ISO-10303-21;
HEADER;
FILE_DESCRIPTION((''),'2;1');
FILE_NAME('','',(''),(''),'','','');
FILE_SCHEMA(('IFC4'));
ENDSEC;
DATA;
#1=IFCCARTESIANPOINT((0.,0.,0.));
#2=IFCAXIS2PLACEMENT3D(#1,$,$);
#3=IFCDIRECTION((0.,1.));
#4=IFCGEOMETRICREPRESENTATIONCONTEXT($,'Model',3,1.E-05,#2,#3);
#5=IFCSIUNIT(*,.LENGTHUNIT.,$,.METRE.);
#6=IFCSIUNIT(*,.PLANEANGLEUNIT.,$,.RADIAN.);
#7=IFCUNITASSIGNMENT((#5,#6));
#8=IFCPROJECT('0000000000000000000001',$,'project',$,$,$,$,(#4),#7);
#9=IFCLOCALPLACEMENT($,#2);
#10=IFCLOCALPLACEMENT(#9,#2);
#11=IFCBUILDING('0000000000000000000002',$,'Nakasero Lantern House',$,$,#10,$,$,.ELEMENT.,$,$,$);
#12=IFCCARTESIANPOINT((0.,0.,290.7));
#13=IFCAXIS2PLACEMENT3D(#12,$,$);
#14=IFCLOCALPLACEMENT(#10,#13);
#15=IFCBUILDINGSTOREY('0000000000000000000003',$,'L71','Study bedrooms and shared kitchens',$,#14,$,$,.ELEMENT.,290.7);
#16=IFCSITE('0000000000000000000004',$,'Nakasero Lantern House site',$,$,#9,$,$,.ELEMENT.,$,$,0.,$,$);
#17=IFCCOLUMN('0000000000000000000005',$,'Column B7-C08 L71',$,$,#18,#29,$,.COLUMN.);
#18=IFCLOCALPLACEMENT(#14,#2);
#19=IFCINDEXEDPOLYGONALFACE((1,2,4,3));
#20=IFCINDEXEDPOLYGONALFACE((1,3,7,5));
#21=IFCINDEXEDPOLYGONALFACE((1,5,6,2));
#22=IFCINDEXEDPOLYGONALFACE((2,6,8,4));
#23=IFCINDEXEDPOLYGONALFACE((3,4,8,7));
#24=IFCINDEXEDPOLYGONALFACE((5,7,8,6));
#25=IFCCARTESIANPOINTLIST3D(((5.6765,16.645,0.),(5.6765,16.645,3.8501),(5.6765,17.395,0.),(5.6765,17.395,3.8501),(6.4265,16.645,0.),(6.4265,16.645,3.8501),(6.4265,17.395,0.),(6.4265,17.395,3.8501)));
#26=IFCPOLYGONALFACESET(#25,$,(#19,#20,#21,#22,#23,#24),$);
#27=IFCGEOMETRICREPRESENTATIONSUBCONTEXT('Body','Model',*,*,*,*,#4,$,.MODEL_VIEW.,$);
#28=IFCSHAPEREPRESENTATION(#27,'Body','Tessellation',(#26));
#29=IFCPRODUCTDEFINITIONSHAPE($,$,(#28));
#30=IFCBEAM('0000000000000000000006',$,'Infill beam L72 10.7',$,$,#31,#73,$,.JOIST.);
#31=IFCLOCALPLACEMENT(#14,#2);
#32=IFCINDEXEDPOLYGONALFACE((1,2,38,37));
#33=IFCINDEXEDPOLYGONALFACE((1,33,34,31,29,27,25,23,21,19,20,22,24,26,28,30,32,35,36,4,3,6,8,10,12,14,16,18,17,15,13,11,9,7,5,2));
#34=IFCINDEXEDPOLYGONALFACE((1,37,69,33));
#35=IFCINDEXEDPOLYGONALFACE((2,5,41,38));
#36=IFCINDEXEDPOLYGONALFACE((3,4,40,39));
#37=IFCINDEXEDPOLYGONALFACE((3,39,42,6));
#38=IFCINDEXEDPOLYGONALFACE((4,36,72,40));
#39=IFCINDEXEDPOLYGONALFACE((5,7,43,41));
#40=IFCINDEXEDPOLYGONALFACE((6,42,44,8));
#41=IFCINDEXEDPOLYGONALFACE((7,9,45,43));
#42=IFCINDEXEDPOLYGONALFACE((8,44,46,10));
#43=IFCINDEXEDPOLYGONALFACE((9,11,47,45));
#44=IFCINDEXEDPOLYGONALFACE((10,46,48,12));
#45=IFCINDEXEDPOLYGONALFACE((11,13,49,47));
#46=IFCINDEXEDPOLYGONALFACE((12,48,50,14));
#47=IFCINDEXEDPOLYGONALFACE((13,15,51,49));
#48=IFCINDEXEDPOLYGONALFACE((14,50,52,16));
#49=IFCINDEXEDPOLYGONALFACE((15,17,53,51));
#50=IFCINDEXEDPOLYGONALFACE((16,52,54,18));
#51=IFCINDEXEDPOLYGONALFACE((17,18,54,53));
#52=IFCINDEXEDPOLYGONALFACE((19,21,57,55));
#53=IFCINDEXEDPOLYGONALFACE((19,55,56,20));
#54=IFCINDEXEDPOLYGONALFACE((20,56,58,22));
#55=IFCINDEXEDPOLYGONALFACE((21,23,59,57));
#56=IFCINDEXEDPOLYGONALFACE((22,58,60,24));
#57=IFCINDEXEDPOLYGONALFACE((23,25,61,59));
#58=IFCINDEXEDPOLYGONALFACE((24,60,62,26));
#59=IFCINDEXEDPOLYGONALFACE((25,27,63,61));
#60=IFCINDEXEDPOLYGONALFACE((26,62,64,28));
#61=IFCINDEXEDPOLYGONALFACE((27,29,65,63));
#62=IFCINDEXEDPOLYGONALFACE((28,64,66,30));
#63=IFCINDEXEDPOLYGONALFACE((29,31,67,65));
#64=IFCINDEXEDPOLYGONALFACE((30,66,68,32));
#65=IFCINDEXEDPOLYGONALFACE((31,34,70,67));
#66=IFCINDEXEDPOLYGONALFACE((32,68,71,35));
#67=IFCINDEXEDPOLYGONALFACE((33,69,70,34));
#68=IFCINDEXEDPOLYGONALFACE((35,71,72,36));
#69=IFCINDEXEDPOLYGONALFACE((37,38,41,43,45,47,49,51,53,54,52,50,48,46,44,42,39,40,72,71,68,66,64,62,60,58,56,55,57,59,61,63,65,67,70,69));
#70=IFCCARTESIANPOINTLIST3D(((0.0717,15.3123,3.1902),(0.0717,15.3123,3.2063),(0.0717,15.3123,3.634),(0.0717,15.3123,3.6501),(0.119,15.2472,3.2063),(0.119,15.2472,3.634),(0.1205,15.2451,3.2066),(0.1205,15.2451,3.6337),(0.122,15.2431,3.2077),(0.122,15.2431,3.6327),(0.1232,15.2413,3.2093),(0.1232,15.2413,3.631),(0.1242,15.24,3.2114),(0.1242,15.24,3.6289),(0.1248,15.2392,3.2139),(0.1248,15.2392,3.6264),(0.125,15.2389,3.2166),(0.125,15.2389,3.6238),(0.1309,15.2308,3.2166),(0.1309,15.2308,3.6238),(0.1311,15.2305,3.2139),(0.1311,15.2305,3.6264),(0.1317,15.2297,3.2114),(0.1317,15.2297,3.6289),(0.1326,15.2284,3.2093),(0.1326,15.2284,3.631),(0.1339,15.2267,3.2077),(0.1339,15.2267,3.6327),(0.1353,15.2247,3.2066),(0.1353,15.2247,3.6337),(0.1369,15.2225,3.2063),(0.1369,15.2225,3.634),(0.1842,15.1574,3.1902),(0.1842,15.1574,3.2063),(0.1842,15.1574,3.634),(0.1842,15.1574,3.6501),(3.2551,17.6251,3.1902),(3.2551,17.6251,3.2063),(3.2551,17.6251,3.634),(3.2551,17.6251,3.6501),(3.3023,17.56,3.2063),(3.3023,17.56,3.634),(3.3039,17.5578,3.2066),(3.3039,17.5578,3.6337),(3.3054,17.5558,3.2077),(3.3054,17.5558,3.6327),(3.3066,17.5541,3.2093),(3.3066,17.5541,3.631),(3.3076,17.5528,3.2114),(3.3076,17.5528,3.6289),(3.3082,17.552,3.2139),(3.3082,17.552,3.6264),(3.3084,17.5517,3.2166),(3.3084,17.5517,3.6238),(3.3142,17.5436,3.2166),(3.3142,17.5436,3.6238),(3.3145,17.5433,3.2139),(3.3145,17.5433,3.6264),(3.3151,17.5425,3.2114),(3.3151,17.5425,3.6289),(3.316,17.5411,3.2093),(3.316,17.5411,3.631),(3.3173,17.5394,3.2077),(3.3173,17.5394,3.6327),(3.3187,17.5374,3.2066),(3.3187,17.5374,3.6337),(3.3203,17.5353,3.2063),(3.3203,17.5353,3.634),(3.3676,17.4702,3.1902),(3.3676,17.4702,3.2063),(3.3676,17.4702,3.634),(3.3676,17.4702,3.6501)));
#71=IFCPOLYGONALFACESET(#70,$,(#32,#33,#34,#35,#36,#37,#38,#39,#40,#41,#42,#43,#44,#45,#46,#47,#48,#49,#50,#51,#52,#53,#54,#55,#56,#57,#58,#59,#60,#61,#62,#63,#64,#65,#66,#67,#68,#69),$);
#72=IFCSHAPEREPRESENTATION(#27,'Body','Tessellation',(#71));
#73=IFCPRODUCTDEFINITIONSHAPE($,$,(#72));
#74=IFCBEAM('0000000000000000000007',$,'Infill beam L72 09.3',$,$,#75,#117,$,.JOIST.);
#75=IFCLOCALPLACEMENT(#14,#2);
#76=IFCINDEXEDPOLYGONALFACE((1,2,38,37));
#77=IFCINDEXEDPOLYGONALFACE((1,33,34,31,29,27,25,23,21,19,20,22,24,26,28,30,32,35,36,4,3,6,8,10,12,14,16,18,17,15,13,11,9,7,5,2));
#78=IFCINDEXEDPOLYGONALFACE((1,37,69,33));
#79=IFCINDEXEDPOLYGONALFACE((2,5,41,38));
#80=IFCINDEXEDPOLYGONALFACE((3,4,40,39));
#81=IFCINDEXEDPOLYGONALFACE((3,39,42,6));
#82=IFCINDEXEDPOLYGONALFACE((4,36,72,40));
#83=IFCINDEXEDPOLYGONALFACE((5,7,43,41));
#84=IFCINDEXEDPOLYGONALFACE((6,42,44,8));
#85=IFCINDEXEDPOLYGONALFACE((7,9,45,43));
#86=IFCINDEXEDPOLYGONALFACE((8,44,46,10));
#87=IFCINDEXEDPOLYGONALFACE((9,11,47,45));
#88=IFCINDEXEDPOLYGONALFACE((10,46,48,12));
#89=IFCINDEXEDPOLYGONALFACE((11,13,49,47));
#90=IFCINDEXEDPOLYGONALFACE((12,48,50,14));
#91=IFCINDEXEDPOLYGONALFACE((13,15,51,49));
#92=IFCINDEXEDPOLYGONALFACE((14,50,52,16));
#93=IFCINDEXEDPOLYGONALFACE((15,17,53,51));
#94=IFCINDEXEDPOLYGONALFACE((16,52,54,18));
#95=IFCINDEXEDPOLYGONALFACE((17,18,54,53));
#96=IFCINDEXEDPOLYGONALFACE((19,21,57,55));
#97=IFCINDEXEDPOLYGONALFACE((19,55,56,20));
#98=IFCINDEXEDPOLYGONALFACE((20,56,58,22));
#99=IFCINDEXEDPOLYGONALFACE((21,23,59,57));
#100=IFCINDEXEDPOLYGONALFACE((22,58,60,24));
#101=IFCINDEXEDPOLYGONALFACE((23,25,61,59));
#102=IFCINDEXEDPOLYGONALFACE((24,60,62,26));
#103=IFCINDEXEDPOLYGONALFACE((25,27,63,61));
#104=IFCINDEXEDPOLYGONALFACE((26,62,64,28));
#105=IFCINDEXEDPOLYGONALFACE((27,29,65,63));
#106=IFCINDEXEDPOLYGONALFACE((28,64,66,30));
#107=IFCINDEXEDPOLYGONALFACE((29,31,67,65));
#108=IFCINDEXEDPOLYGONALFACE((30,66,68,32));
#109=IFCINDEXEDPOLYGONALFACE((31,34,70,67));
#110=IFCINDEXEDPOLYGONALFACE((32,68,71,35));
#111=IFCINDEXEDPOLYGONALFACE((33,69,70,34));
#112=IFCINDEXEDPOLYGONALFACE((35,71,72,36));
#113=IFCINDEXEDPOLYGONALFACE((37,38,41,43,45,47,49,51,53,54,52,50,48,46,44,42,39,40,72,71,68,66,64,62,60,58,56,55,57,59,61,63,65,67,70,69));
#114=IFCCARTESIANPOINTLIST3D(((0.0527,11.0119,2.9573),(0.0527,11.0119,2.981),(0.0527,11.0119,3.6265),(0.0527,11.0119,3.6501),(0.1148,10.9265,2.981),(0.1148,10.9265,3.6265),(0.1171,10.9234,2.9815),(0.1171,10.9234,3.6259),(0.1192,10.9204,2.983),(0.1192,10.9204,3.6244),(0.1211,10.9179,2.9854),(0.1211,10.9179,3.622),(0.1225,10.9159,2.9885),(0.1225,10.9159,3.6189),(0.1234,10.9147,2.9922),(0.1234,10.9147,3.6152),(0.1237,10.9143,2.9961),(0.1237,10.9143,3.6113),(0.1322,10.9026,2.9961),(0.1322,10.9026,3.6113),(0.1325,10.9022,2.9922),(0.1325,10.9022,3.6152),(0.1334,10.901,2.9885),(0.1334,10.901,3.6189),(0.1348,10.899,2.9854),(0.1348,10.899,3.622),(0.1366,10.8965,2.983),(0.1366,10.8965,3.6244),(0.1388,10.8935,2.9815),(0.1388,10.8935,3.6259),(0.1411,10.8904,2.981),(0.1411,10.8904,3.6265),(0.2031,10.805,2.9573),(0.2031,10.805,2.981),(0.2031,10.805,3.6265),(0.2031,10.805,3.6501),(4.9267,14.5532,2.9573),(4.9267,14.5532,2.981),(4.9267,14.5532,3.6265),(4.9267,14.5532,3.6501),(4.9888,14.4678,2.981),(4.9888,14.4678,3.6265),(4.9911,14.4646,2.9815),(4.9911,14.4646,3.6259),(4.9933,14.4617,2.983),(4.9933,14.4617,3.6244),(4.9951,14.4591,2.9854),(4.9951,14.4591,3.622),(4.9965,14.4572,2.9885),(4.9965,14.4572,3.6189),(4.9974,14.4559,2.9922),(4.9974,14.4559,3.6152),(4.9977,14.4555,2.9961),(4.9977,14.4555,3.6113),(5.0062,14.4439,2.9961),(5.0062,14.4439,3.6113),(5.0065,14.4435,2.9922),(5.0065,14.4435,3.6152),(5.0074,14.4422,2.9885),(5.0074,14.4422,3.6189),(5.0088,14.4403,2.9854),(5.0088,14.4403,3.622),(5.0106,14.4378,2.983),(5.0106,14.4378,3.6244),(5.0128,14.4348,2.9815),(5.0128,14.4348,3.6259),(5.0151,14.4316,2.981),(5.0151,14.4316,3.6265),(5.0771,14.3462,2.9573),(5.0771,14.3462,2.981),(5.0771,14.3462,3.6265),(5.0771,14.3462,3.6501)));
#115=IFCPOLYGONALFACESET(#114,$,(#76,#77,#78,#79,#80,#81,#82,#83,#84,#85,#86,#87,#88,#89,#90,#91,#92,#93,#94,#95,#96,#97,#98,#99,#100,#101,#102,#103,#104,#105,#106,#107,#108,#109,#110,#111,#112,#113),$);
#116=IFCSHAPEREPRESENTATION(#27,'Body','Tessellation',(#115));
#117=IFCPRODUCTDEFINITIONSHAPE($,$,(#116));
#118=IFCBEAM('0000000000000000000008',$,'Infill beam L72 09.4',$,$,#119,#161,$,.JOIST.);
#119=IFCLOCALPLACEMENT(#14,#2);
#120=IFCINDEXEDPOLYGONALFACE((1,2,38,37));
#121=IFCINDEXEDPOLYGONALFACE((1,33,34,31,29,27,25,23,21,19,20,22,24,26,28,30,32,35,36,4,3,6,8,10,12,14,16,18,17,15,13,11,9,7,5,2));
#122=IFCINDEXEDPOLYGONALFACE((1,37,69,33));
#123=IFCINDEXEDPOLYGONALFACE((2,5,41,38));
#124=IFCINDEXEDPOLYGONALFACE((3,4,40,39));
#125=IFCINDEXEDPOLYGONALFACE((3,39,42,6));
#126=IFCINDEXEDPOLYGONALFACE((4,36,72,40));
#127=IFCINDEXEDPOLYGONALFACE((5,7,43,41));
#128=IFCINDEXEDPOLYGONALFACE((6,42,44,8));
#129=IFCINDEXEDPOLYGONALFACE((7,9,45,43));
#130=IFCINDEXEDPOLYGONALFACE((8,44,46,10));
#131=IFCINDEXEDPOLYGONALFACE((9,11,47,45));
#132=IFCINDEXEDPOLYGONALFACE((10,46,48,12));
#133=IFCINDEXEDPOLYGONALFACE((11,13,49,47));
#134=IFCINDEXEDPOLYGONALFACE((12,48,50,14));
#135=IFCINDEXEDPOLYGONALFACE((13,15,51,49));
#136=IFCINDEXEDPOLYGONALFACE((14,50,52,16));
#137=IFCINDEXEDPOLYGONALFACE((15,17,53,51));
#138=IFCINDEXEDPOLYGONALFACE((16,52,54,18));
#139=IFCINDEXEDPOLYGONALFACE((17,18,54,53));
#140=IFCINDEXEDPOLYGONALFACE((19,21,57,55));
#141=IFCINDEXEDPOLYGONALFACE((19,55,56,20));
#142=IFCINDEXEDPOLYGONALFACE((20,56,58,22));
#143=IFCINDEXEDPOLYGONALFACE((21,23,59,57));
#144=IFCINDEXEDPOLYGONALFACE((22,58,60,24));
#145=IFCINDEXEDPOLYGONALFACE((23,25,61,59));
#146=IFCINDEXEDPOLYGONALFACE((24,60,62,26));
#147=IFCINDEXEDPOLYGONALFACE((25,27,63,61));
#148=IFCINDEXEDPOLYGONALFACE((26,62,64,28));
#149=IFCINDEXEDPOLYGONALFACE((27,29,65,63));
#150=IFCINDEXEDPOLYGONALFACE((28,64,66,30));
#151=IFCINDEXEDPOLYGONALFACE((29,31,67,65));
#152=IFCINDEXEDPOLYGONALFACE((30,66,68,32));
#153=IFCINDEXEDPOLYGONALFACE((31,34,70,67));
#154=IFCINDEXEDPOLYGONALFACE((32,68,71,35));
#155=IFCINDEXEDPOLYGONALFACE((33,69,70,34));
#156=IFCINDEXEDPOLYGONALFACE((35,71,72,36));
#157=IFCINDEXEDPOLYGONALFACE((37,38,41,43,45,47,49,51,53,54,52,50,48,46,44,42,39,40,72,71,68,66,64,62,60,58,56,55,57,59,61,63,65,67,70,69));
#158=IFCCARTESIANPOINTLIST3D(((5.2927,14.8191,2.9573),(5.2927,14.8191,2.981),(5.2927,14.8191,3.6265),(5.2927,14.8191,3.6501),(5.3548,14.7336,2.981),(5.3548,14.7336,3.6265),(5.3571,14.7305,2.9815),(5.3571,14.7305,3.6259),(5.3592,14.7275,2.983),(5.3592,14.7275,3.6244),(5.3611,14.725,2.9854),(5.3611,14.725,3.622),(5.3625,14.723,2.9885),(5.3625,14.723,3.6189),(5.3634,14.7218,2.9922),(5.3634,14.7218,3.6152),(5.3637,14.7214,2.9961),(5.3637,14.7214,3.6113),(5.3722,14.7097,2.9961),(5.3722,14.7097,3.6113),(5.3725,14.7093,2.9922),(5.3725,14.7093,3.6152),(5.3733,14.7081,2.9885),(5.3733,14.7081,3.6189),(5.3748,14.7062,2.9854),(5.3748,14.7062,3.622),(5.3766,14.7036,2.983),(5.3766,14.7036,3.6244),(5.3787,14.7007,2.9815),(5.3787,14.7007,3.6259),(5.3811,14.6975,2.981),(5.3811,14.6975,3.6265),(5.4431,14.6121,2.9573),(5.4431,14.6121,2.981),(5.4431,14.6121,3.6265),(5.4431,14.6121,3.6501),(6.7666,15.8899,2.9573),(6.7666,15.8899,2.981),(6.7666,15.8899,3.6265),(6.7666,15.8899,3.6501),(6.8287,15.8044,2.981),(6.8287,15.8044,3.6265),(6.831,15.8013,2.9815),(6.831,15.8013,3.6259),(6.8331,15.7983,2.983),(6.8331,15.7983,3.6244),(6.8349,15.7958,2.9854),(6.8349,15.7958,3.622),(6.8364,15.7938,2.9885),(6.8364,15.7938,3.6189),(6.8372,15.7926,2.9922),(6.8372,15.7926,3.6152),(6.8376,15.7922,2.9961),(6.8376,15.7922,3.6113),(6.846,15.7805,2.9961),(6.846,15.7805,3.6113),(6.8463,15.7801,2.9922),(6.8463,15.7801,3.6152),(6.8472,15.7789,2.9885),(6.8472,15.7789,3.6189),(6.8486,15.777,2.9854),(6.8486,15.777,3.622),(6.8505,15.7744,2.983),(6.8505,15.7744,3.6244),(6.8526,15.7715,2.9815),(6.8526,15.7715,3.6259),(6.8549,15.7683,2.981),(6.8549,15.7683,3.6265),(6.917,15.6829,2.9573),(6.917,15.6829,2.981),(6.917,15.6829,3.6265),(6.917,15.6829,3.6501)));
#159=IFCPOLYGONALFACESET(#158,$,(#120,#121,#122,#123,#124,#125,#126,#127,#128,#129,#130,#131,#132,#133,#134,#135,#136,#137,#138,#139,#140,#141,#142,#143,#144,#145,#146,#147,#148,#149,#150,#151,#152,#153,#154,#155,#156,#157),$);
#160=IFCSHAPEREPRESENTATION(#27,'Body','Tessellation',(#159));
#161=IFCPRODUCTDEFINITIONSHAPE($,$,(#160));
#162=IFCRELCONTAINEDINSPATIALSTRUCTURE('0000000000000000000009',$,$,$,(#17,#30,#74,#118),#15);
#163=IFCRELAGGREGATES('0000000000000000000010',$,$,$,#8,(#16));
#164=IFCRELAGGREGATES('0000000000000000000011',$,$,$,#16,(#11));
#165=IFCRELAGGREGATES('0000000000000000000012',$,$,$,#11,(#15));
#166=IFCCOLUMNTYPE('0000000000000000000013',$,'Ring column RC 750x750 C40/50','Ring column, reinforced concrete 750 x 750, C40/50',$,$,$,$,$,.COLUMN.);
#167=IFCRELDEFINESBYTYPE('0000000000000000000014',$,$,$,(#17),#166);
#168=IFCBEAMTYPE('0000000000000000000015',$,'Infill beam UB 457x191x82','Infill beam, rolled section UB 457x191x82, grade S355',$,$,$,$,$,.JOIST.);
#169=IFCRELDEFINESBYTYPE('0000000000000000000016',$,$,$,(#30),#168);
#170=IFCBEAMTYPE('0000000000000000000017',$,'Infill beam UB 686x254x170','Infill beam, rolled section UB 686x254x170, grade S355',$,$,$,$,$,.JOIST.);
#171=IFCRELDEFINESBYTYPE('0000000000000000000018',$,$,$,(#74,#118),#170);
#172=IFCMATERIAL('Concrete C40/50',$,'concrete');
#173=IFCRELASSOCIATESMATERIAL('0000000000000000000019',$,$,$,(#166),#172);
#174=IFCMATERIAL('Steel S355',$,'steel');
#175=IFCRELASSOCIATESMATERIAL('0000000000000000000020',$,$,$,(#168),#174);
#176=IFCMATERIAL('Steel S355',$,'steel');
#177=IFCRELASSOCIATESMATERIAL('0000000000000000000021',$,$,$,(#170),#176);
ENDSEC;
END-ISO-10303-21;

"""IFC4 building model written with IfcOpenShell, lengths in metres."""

from ifc_helpers import new_model, si_unit, direction, frame, origin, origin_2d, place, context, subcontext, project, spatial, rectangle, i_section, extrude, material, material_profile, profile_set, type_object, element, save


model = new_model("IFC4")

# Units and contexts
model_context = context("Model", 3, precision=1e-05, world=origin(), true_north=direction((0.0, 1.0)))
body_context = subcontext(model_context, "Body", "Model", "MODEL_VIEW")
ifc_project = project(units=[si_unit("LENGTHUNIT", "METRE"), si_unit("PLANEANGLEUNIT", "RADIAN")], contexts=[model_context])

# Site, building, storey
site_placement = place(None, origin())
site = spatial("IfcSite", under=ifc_project, at=site_placement, Name="Nakasero Lantern House site", CompositionType="ELEMENT", RefElevation=0.0)
building_placement = place(site_placement, origin())
building = spatial("IfcBuilding", under=site, at=building_placement, Name="Nakasero Lantern House", CompositionType="ELEMENT")
storey_placement = place(building_placement, frame((0.0, 0.0, 290.7)))
storey = spatial("IfcBuildingStorey", under=building, at=storey_placement, Name="L71", Description="Study bedrooms and shared kitchens", CompositionType="ELEMENT", Elevation=290.7)

# Column
ifc_material_1 = material(Name="Concrete C40/50", Category="concrete")
ifc_material_profile_1 = material_profile(ifc_material_1, rectangle(XDim=0.75, YDim=0.75, at=origin_2d()), Name="RC 750x750")
ifc_profile_set_1 = profile_set([ifc_material_profile_1], Name="Concrete C40/50")
column_type = type_object("IfcColumnType", Name="Ring column RC 750x750 C40/50", Description="Ring column, reinforced concrete 750 x 750, C40/50", PredefinedType="COLUMN", material=ifc_profile_set_1)
column_placement = place(storey_placement, frame((6.0515, 17.02, 0.0), z_axis=(0.0, 0.0, 1.0), x_axis=(1.0, 0.0, 0.0)))
element("IfcColumn", 1, at=column_placement, inside=storey, type_object=column_type, Name="Column B7-C08 L71", PredefinedType="COLUMN", context=body_context, shape_type="SweptSolid", body=[
    extrude(rectangle(XDim=0.75, YDim=0.75, at=origin_2d()), origin(), (0.0, 0.0, 1.0), 3.8501),
])

# Beams
ifc_material_2 = material(Name="Steel S355", Category="steel")
ifc_material_profile_2 = material_profile(ifc_material_2, i_section(OverallWidth=0.1914, OverallDepth=0.46, WebThickness=0.01, FlangeThickness=0.0161, FilletRadius=0.0103, at=origin_2d()), Name="UB 457x191x82")
ifc_profile_set_2 = profile_set([ifc_material_profile_2], Name="Steel S355")
beam_type_1 = type_object("IfcBeamType", Name="Infill beam UB 457x191x82", Description="Infill beam, rolled section UB 457x191x82, grade S355", PredefinedType="JOIST", material=ifc_profile_set_2)
beam_1_placement = place(storey_placement, frame((0.1279, 15.2349, 3.4202), z_axis=(0.809028, 0.587769, 0.0), x_axis=(-0.587769, 0.809028, 0.0)))
element("IfcBeam", 2, at=beam_1_placement, inside=storey, type_object=beam_type_1, Name="Infill beam L72 10.7", PredefinedType="JOIST", context=body_context, shape_type="SweptSolid", body=[
    extrude(i_section(OverallWidth=0.1914, OverallDepth=0.46, WebThickness=0.01, FlangeThickness=0.0161, FilletRadius=0.0103, at=origin_2d()), origin(), (0.0, 0.0, 1.0), 3.9348),
])
ifc_material_3 = material(Name="Steel S355", Category="steel")
ifc_material_profile_3 = material_profile(ifc_material_3, i_section(OverallWidth=0.2559, OverallDepth=0.6929, WebThickness=0.0144, FlangeThickness=0.0237, FilletRadius=0.0151, at=origin_2d()), Name="UB 686x254x170")
ifc_profile_set_3 = profile_set([ifc_material_profile_3], Name="Steel S355")
beam_type_2 = type_object("IfcBeamType", Name="Infill beam UB 686x254x170", Description="Infill beam, rolled section UB 686x254x170, grade S355", PredefinedType="JOIST", material=ifc_profile_set_3)
beam_2_placement = place(storey_placement, frame((0.1279, 10.9084, 3.3037), z_axis=(0.809011, 0.587793, 0.0), x_axis=(-0.587793, 0.809011, 0.0)))
element("IfcBeam", 3, at=beam_2_placement, inside=storey, type_object=beam_type_2, Name="Infill beam L72 09.3", PredefinedType="JOIST", context=body_context, shape_type="SweptSolid", body=[
    extrude(i_section(OverallWidth=0.2559, OverallDepth=0.6929, WebThickness=0.0144, FlangeThickness=0.0237, FilletRadius=0.0151, at=origin_2d()), origin(), (0.0, 0.0, 1.0), 6.0247),
])
beam_3_placement = place(storey_placement, frame((5.3679, 14.7156, 3.3037), z_axis=(0.809026, 0.587773, 0.0), x_axis=(-0.587773, 0.809026, 0.0)))
element("IfcBeam", 4, at=beam_3_placement, inside=storey, type_object=beam_type_2, Name="Infill beam L72 09.4", PredefinedType="JOIST", context=body_context, shape_type="SweptSolid", body=[
    extrude(i_section(OverallWidth=0.2559, OverallDepth=0.6929, WebThickness=0.0144, FlangeThickness=0.0237, FilletRadius=0.0151, at=origin_2d()), origin(), (0.0, 0.0, 1.0), 1.8218),
])

save(model, "model.ifc")
